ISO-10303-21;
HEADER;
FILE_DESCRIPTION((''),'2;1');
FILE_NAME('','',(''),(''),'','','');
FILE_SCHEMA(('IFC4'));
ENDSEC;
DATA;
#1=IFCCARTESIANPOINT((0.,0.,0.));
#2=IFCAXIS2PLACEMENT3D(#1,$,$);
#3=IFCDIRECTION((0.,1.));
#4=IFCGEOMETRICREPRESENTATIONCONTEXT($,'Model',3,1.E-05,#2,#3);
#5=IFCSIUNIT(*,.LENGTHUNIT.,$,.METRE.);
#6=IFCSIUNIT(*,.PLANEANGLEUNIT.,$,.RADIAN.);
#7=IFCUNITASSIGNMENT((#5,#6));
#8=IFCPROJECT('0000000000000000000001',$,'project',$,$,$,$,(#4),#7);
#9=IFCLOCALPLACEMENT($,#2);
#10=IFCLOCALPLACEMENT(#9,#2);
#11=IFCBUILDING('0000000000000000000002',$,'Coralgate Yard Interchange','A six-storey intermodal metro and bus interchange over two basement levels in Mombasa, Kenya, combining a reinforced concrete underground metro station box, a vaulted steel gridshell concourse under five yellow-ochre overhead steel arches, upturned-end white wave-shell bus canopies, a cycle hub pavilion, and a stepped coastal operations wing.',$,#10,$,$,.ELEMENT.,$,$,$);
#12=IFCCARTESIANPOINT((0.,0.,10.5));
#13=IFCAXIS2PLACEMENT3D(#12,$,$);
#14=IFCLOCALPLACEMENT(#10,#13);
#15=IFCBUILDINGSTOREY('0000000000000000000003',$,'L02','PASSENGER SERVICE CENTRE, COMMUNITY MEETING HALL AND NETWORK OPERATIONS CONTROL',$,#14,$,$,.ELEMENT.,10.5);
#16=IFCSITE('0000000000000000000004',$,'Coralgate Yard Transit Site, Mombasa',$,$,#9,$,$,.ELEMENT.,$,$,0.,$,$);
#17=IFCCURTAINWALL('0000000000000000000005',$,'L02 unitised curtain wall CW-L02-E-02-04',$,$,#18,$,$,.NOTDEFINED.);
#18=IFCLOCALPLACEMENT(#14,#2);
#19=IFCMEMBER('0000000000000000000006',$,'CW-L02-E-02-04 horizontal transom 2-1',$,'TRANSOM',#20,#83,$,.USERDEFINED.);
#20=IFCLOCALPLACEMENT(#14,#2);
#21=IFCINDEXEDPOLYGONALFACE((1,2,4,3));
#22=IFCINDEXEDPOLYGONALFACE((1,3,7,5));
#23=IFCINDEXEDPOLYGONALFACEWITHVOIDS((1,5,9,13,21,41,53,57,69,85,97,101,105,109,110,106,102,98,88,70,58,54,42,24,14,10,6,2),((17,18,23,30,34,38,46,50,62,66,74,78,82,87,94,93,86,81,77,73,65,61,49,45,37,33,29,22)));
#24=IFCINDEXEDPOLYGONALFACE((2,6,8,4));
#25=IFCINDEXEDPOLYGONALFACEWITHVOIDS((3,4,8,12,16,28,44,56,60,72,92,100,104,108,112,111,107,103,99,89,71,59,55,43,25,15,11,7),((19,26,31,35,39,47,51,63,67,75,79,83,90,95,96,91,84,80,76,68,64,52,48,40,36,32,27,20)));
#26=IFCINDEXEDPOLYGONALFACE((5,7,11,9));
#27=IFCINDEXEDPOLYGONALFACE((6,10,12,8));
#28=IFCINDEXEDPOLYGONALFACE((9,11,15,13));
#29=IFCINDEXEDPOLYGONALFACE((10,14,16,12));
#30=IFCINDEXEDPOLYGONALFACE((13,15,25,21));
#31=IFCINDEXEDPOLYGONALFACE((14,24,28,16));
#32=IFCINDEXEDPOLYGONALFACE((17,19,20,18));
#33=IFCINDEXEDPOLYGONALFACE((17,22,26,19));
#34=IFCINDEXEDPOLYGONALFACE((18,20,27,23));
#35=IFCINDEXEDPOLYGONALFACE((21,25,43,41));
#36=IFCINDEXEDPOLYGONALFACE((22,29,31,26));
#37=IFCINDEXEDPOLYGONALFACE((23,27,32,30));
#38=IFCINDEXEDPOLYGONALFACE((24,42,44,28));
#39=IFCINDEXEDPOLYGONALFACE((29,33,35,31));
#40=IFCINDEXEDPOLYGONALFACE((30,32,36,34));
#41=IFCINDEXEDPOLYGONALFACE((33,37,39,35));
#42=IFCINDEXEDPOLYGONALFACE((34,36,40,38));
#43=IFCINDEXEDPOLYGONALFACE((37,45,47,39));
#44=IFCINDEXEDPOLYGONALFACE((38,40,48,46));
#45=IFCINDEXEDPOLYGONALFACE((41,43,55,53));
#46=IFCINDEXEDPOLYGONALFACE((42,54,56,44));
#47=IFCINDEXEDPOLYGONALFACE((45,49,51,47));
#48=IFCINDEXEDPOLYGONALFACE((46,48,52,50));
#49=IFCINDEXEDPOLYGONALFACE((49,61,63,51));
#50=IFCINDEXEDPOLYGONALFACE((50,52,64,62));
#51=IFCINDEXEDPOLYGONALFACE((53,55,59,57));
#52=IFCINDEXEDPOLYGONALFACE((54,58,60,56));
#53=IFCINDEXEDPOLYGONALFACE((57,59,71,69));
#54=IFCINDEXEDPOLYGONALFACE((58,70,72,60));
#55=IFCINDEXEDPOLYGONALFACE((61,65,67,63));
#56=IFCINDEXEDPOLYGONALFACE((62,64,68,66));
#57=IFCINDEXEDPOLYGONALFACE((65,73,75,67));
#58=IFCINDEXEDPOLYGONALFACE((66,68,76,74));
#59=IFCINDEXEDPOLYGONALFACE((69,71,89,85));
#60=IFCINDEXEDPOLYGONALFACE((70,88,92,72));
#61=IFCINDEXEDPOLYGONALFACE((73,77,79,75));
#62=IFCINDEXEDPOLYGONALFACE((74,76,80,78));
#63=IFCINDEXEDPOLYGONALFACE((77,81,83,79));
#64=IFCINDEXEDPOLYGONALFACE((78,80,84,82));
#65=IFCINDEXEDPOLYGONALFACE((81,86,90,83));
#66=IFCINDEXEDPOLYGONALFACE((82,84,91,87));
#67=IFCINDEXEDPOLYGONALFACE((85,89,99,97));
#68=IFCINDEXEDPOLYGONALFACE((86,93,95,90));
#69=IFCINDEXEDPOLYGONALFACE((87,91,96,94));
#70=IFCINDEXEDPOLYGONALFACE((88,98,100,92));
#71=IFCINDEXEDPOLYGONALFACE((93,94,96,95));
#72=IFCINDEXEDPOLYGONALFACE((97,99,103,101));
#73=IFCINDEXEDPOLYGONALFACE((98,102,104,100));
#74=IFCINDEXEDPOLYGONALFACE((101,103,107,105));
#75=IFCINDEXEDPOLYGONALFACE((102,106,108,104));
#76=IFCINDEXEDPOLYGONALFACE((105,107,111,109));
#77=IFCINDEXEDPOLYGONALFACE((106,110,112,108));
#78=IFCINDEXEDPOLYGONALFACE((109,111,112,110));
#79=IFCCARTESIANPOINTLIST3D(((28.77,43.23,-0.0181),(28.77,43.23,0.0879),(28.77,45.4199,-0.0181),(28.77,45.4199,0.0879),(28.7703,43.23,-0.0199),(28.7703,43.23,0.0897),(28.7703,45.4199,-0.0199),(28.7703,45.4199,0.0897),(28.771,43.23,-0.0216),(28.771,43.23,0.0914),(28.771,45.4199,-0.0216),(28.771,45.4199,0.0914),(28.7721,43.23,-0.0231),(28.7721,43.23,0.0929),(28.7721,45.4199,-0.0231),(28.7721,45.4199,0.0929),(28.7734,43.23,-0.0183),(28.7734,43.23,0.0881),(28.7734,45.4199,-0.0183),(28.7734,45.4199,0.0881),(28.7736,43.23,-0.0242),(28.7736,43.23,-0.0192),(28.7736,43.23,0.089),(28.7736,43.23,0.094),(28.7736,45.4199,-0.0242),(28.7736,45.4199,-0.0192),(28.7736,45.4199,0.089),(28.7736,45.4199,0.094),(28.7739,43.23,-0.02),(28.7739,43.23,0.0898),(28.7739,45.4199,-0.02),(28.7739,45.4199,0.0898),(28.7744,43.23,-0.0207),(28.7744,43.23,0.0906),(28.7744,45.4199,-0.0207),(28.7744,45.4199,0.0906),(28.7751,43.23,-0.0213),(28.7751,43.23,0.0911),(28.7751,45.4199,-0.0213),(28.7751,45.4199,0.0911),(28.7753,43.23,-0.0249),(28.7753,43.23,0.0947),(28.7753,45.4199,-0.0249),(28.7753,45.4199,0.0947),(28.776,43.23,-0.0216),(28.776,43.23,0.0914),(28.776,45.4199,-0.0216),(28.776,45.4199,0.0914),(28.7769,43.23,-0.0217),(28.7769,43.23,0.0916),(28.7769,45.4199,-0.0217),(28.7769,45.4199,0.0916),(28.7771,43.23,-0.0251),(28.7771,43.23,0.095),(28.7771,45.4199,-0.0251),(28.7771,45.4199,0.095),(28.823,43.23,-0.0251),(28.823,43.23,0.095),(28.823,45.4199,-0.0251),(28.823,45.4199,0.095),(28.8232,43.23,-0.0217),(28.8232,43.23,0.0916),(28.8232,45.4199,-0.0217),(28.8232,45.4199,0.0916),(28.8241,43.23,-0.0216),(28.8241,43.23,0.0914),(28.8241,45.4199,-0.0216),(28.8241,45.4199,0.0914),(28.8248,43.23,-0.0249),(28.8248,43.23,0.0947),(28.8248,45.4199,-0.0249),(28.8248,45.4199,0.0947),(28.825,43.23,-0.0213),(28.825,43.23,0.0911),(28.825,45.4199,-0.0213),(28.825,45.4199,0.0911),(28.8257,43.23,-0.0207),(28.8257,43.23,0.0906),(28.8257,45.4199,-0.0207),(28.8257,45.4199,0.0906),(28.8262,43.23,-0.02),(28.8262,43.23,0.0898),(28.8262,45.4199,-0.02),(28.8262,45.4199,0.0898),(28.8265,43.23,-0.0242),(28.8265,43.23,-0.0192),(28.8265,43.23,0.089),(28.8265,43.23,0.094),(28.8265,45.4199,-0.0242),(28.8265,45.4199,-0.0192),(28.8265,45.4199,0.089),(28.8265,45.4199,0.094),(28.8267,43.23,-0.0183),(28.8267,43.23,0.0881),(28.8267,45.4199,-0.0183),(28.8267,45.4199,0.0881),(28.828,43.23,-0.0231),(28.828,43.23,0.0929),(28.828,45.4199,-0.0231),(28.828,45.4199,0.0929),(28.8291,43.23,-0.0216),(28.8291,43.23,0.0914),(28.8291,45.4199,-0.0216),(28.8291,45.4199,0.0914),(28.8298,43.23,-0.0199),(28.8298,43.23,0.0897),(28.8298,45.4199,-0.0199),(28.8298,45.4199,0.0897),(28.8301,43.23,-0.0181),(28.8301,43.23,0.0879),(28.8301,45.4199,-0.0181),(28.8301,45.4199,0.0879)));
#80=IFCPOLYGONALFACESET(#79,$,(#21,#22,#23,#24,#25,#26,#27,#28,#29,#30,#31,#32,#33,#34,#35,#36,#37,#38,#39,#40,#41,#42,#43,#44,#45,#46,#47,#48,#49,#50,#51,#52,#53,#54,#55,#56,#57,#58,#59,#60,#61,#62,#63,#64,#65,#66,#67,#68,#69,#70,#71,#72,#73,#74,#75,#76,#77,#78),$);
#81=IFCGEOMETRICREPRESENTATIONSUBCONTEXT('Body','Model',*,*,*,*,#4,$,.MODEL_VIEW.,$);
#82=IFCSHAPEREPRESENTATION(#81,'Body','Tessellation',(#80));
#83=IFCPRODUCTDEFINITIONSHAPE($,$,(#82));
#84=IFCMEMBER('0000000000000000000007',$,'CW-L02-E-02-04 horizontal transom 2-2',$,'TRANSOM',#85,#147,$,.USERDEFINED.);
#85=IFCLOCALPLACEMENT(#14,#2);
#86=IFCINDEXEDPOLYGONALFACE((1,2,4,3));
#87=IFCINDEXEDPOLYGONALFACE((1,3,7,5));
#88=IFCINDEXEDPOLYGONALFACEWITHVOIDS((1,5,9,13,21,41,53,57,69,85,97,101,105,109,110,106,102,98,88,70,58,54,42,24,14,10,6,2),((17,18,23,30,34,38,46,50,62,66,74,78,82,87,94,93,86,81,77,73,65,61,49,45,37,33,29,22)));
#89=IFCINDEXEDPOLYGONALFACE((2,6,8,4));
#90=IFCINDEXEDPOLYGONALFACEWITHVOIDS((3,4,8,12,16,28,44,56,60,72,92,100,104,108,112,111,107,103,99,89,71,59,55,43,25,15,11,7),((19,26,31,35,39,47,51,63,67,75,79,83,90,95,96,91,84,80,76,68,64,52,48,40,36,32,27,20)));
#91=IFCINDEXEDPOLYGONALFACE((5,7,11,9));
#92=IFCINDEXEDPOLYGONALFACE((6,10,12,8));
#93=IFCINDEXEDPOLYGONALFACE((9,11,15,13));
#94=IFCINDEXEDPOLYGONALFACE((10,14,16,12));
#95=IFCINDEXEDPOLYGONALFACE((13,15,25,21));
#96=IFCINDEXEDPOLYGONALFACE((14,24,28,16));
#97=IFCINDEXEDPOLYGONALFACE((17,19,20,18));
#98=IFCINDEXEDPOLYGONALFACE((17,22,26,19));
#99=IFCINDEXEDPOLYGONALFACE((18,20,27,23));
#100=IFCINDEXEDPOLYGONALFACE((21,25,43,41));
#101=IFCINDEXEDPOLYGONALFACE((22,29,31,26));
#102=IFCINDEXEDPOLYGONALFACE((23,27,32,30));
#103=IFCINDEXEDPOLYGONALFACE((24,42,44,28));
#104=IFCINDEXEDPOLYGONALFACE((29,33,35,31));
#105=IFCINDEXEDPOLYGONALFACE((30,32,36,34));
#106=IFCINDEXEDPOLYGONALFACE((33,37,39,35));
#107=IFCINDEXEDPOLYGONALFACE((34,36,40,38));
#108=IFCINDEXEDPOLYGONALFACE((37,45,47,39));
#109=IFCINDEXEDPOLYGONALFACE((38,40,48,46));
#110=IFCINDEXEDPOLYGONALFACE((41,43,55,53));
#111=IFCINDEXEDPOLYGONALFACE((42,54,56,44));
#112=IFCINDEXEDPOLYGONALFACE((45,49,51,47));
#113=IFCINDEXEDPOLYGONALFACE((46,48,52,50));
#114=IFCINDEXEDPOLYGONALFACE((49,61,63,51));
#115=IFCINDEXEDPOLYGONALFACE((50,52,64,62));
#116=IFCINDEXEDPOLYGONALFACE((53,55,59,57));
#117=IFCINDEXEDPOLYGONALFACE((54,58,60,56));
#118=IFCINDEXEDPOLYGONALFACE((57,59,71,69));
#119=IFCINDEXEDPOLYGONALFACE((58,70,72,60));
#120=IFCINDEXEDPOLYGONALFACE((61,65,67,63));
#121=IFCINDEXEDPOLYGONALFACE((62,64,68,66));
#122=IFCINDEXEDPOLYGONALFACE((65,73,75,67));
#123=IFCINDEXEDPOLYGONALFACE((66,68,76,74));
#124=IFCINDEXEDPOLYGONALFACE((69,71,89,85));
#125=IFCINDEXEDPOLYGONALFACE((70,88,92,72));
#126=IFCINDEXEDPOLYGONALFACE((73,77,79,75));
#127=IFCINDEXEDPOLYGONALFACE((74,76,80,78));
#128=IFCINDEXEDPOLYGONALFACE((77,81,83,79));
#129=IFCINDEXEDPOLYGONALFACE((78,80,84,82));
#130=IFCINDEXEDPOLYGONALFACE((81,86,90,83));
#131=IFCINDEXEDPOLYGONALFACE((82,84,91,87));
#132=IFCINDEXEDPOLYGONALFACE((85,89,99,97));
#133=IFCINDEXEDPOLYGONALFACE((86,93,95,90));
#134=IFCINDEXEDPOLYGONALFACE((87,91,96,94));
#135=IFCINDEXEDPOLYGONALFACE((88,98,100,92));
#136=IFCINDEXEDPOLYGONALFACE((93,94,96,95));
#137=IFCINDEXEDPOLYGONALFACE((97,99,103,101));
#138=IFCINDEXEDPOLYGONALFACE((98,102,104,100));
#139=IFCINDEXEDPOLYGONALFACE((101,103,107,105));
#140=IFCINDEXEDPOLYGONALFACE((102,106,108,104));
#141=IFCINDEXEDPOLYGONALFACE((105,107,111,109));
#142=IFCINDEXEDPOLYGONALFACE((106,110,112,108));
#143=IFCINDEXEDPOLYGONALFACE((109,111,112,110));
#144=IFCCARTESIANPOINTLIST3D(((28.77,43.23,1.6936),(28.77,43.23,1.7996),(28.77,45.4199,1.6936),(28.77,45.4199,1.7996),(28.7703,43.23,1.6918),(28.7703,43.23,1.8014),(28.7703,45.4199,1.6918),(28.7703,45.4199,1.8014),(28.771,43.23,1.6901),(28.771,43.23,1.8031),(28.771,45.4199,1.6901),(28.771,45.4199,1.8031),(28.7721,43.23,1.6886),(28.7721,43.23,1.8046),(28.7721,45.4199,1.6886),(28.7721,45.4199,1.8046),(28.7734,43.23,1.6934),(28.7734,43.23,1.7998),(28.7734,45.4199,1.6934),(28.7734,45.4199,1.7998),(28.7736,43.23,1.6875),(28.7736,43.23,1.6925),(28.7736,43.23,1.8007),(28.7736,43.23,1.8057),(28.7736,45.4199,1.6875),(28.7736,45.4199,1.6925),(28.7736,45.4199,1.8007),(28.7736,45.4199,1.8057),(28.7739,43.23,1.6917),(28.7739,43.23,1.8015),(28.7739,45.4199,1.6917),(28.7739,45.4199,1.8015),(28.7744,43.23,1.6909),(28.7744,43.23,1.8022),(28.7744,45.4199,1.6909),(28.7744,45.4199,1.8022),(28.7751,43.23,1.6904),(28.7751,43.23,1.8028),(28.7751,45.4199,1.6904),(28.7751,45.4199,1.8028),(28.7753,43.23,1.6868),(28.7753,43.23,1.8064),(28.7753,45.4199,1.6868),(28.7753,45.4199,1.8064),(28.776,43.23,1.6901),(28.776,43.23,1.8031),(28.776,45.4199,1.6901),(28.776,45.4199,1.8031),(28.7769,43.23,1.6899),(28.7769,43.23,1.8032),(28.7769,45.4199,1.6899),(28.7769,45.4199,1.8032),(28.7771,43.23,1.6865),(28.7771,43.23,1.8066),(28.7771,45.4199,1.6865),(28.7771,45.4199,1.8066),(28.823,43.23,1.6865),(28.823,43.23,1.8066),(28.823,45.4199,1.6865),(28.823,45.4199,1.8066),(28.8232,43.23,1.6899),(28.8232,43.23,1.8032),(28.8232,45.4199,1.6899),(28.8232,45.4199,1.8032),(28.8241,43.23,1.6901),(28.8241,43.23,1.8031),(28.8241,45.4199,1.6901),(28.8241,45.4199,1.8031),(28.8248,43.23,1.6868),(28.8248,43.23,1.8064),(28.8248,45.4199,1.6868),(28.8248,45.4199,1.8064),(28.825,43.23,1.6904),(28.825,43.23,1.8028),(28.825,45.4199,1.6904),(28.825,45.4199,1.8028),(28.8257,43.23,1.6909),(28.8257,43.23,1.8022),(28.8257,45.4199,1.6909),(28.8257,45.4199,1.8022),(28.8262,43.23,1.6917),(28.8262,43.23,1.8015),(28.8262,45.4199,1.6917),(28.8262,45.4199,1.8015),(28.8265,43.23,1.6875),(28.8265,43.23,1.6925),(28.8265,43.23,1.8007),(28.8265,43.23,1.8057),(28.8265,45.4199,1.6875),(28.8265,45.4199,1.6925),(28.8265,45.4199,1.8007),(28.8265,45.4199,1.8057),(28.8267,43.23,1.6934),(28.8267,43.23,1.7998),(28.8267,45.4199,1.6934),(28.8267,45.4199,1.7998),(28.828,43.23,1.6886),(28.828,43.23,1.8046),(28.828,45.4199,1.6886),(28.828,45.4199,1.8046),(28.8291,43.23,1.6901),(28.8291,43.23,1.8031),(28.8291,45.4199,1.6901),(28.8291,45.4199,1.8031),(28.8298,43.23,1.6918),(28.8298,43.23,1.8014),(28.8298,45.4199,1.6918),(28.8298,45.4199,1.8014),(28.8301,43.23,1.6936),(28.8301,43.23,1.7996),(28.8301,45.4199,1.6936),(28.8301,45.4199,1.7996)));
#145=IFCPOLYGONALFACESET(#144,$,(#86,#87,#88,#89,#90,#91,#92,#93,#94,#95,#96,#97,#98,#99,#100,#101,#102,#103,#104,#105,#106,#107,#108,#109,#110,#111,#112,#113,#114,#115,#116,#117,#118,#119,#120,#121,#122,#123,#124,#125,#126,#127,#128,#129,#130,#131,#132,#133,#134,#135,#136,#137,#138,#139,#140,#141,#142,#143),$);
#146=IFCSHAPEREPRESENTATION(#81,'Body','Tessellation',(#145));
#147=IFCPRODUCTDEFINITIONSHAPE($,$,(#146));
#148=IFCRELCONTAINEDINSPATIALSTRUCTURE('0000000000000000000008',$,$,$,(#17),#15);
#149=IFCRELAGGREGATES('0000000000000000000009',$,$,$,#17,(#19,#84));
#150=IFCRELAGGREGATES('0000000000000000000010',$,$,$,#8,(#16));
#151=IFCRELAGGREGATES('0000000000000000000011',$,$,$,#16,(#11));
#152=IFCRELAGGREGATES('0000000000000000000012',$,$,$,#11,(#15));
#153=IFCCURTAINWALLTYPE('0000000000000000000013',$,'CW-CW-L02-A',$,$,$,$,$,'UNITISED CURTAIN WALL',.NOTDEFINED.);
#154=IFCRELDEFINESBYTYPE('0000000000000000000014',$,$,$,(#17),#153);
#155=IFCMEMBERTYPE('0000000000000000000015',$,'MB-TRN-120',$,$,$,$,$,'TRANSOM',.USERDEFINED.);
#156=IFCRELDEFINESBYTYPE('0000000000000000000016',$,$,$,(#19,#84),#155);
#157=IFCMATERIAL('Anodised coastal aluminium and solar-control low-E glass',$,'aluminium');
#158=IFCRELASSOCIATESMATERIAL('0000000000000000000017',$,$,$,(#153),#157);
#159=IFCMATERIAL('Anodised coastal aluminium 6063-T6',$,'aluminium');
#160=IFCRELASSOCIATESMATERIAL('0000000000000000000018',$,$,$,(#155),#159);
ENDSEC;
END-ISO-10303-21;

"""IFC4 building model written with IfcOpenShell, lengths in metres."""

from ifc_helpers import new_model, si_unit, direction, frame, origin, origin_2d, place, context, subcontext, project, spatial, hollow_rectangle, extrude, material, material_profile, profile_set, type_object, element, aggregate, save


model = new_model("IFC4")

# Units and contexts
model_context = context("Model", 3, precision=1e-05, world=origin(), true_north=direction((0.0, 1.0)))
body_context = subcontext(model_context, "Body", "Model", "MODEL_VIEW")
ifc_project = project(units=[si_unit("LENGTHUNIT", "METRE"), si_unit("PLANEANGLEUNIT", "RADIAN")], contexts=[model_context])

# Site, building, storey
site_placement = place(None, origin())
site = spatial("IfcSite", under=ifc_project, at=site_placement, Name="Coralgate Yard Transit Site, Mombasa", CompositionType="ELEMENT", RefElevation=0.0)
building_placement = place(site_placement, origin())
building = spatial("IfcBuilding", under=site, at=building_placement, Name="Coralgate Yard Interchange", Description="A six-storey intermodal metro and bus interchange over two basement levels in Mombasa, Kenya, combining a reinforced concrete underground metro station box, a vaulted steel gridshell concourse under five yellow-ochre overhead steel arches, upturned-end white wave-shell bus canopies, a cycle hub pavilion, and a stepped coastal operations wing.", CompositionType="ELEMENT")
storey_placement = place(building_placement, frame((0.0, 0.0, 10.5)))
storey = spatial("IfcBuildingStorey", under=building, at=storey_placement, Name="L02", Description="PASSENGER SERVICE CENTRE, COMMUNITY MEETING HALL AND NETWORK OPERATIONS CONTROL", CompositionType="ELEMENT", Elevation=10.5)

# Curtain wall
ifc_material_1 = material(Name="Anodised coastal aluminium and solar-control low-E glass", Category="aluminium")
curtain_wall_type_1 = type_object("IfcCurtainWallType", Name="CW-CW-L02-A", ElementType="UNITISED CURTAIN WALL", PredefinedType="NOTDEFINED", material=ifc_material_1)
curtain_wall_1_placement = place(storey_placement, origin())
curtain_wall_1 = element("IfcCurtainWall", 1, at=curtain_wall_1_placement, inside=storey, type_object=curtain_wall_type_1, Name="L02 unitised curtain wall CW-L02-E-02-04", PredefinedType="NOTDEFINED")
ifc_material_2 = material(Name="Anodised coastal aluminium 6063-T6", Category="aluminium")

# Members
ifc_material_profile_1 = material_profile(ifc_material_2, hollow_rectangle(XDim=0.0601, YDim=0.1201, WallThickness=0.0034, InnerFilletRadius=0.0034, OuterFilletRadius=0.0071, at=origin_2d()), Name="ALU 60x120x3.5")
ifc_profile_set_1 = profile_set([ifc_material_profile_1], Name="Anodised coastal aluminium 6063-T6")
member_type_1 = type_object("IfcMemberType", Name="MB-TRN-120", ElementType="TRANSOM", PredefinedType="USERDEFINED", material=ifc_profile_set_1)
member_1_placement = place(storey_placement, frame((28.8, 45.4199, 0.0349), z_axis=(0.0, -1.0, 0.0), x_axis=(1.0, 0.0, 0.0)))
member_1 = element("IfcMember", 2, at=member_1_placement, type_object=member_type_1, Name="CW-L02-E-02-04 horizontal transom 2-1", ObjectType="TRANSOM", PredefinedType="USERDEFINED", context=body_context, shape_type="SweptSolid", body=[
    extrude(hollow_rectangle(XDim=0.0601, YDim=0.1201, WallThickness=0.0034, InnerFilletRadius=0.0034, OuterFilletRadius=0.0071, at=origin_2d()), origin(), (0.0, 0.0, 1.0), 2.1899),
])
member_2_placement = place(storey_placement, frame((28.8, 45.4199, 1.7466), z_axis=(0.0, -1.0, 0.0), x_axis=(1.0, 0.0, 0.0)))
member_2 = element("IfcMember", 3, at=member_2_placement, type_object=member_type_1, Name="CW-L02-E-02-04 horizontal transom 2-2", ObjectType="TRANSOM", PredefinedType="USERDEFINED", context=body_context, shape_type="SweptSolid", body=[
    extrude(hollow_rectangle(XDim=0.0601, YDim=0.1201, WallThickness=0.0034, InnerFilletRadius=0.0034, OuterFilletRadius=0.0071, at=origin_2d()), origin(), (0.0, 0.0, 1.0), 2.1899),
])

aggregate(curtain_wall_1, [member_1, member_2])

save(model, "model.ifc")
